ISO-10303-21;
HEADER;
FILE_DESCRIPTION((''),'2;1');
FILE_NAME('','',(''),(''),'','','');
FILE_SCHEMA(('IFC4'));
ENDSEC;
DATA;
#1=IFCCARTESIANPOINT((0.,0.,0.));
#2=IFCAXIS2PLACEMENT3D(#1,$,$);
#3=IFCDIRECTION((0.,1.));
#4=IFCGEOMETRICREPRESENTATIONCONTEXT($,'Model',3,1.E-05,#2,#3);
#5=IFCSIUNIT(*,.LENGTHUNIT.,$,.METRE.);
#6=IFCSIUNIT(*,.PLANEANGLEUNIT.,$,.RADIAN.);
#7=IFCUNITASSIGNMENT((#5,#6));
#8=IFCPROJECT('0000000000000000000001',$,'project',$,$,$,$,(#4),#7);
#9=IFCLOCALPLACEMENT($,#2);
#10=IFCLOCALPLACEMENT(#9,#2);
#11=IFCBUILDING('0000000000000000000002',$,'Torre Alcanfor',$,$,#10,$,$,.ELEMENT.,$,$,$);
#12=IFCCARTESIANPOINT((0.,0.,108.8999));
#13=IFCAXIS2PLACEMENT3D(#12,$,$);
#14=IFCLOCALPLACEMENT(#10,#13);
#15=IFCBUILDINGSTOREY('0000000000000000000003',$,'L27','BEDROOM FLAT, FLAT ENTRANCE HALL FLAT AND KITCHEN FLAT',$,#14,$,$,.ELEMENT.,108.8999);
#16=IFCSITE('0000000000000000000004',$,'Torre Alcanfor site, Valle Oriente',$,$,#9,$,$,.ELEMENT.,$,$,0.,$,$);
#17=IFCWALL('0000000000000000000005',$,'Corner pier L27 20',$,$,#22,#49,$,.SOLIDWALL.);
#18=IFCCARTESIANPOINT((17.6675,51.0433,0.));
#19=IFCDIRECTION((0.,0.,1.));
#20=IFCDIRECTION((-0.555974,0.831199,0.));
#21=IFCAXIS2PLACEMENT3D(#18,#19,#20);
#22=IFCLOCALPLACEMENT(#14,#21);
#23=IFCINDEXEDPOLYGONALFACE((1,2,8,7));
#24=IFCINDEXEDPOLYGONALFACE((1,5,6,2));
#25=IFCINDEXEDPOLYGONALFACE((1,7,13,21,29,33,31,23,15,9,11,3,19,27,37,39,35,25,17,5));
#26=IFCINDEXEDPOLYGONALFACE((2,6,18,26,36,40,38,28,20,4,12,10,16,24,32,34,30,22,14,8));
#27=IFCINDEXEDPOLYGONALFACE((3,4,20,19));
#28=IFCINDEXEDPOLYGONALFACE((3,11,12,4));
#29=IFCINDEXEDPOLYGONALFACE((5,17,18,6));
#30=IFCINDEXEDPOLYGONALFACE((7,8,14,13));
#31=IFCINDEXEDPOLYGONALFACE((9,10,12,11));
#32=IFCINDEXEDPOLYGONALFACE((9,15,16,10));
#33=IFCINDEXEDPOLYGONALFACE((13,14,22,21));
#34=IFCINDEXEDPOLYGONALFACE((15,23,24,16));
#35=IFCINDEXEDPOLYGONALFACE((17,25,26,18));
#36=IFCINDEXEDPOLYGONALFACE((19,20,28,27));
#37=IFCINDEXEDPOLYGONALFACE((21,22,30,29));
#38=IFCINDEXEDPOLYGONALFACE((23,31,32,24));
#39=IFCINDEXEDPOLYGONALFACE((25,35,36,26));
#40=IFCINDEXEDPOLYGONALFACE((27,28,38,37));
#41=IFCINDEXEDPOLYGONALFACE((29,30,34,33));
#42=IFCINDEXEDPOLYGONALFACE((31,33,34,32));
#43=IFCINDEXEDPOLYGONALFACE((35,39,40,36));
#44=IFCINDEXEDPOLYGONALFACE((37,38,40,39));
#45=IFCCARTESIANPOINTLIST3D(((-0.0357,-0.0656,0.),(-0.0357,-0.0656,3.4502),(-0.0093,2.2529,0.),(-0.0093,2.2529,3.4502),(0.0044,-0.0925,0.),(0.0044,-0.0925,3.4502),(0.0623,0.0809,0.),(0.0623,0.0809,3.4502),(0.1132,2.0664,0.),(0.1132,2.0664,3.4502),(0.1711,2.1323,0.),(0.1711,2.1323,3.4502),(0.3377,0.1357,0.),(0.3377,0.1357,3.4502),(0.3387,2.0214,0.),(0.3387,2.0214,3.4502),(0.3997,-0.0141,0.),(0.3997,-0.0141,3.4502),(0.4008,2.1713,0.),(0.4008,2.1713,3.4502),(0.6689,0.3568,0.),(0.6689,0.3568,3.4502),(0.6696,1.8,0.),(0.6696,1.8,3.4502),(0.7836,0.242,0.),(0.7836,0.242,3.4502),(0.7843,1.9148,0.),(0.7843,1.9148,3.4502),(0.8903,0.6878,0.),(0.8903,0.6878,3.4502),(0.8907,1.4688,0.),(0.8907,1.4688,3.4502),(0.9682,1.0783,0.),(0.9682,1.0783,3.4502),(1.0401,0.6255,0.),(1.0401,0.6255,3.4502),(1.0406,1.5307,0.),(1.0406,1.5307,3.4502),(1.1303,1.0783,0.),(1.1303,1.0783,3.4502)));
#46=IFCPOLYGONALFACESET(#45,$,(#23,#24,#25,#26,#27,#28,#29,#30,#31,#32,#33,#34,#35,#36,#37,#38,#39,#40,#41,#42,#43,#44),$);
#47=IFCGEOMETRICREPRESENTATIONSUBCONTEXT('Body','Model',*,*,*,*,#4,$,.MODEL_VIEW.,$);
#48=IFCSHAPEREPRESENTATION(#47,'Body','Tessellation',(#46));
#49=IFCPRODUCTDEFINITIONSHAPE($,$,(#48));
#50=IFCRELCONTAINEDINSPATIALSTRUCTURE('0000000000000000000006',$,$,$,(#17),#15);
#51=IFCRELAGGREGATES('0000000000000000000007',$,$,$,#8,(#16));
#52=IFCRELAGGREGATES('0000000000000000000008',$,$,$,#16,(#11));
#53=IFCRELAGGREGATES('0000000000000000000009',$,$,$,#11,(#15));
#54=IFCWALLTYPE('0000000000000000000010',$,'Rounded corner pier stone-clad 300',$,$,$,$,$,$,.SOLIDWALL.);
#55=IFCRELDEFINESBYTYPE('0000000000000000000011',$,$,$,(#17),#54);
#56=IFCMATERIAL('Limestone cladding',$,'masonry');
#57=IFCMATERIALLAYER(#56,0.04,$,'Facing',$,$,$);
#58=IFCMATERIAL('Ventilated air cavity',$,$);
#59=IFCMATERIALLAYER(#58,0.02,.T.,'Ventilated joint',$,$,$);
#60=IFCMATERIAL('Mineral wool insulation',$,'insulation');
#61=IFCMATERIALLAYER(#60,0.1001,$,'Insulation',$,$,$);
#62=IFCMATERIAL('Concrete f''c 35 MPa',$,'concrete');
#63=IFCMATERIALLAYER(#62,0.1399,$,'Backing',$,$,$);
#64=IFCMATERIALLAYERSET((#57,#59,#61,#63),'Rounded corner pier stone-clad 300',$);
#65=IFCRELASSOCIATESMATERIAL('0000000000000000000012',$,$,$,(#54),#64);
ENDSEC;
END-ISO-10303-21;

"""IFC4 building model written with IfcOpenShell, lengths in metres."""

from ifc_helpers import new_model, si_unit, direction, frame, origin, place, context, subcontext, project, spatial, polyline, outline, extrude, material, layer, layer_set, type_object, element, save


model = new_model("IFC4")

# Units and contexts
model_context = context("Model", 3, precision=1e-05, world=origin(), true_north=direction((0.0, 1.0)))
body_context = subcontext(model_context, "Body", "Model", "MODEL_VIEW")
ifc_project = project(units=[si_unit("LENGTHUNIT", "METRE"), si_unit("PLANEANGLEUNIT", "RADIAN")], contexts=[model_context])

# Site, building, storey
site_placement = place(None, origin())
site = spatial("IfcSite", under=ifc_project, at=site_placement, Name="Torre Alcanfor site, Valle Oriente", CompositionType="ELEMENT", RefElevation=0.0)
building_placement = place(site_placement, origin())
building = spatial("IfcBuilding", under=site, at=building_placement, Name="Torre Alcanfor", CompositionType="ELEMENT")
storey_placement = place(building_placement, frame((0.0, 0.0, 108.8999)))
storey = spatial("IfcBuildingStorey", under=building, at=storey_placement, Name="L27", Description="BEDROOM FLAT, FLAT ENTRANCE HALL FLAT AND KITCHEN FLAT", CompositionType="ELEMENT", Elevation=108.8999)

# Shared definitions
ifc_material_1 = material(Name="Limestone cladding", Category="masonry")
ifc_material_2 = material(Name="Ventilated air cavity")
ifc_material_3 = material(Name="Mineral wool insulation", Category="insulation")
ifc_material_4 = material(Name="Concrete f'c 35 MPa", Category="concrete")

# Wall
ifc_layer_1 = layer(ifc_material_1, 0.04, Name="Facing")
ifc_layer_2 = layer(ifc_material_2, 0.02, ventilated=True, Name="Ventilated joint")
ifc_layer_3 = layer(ifc_material_3, 0.1001, Name="Insulation")
ifc_layer_4 = layer(ifc_material_4, 0.1399, Name="Backing")
ifc_layer_set_1 = layer_set([ifc_layer_1, ifc_layer_2, ifc_layer_3, ifc_layer_4], Name="Rounded corner pier stone-clad 300")
wall_type_1 = type_object("IfcWallType", Name="Rounded corner pier stone-clad 300", PredefinedType="SOLIDWALL", material=ifc_layer_set_1)
wall_1_placement = place(storey_placement, frame((17.6675, 51.0433, 0.0), z_axis=(0.0, 0.0, 1.0), x_axis=(-0.555974, 0.831199, 0.0)))
element("IfcWall", 1, at=wall_1_placement, inside=storey, type_object=wall_type_1, Name="Corner pier L27 20", PredefinedType="SOLIDWALL", context=body_context, shape_type="SweptSolid", body=[
    extrude(outline(polyline([(0.0044, -0.0925), (0.3997, -0.0141), (0.7836, 0.242), (1.0401, 0.6255), (1.1303, 1.0783), (1.0406, 1.5307), (0.7843, 1.9148), (0.4008, 2.1713), (-0.0093, 2.2529), (0.1711, 2.1323), (0.1132, 2.0664), (0.3387, 2.0214), (0.6696, 1.8), (0.8907, 1.4688), (0.9682, 1.0783), (0.8903, 0.6878), (0.6689, 0.3568), (0.3377, 0.1357), (0.0623, 0.0809), (-0.0357, -0.0656), (0.0044, -0.0925)])), origin(), (0.0, 0.0, 1.0), 3.4502),
])

save(model, "model.ifc")
